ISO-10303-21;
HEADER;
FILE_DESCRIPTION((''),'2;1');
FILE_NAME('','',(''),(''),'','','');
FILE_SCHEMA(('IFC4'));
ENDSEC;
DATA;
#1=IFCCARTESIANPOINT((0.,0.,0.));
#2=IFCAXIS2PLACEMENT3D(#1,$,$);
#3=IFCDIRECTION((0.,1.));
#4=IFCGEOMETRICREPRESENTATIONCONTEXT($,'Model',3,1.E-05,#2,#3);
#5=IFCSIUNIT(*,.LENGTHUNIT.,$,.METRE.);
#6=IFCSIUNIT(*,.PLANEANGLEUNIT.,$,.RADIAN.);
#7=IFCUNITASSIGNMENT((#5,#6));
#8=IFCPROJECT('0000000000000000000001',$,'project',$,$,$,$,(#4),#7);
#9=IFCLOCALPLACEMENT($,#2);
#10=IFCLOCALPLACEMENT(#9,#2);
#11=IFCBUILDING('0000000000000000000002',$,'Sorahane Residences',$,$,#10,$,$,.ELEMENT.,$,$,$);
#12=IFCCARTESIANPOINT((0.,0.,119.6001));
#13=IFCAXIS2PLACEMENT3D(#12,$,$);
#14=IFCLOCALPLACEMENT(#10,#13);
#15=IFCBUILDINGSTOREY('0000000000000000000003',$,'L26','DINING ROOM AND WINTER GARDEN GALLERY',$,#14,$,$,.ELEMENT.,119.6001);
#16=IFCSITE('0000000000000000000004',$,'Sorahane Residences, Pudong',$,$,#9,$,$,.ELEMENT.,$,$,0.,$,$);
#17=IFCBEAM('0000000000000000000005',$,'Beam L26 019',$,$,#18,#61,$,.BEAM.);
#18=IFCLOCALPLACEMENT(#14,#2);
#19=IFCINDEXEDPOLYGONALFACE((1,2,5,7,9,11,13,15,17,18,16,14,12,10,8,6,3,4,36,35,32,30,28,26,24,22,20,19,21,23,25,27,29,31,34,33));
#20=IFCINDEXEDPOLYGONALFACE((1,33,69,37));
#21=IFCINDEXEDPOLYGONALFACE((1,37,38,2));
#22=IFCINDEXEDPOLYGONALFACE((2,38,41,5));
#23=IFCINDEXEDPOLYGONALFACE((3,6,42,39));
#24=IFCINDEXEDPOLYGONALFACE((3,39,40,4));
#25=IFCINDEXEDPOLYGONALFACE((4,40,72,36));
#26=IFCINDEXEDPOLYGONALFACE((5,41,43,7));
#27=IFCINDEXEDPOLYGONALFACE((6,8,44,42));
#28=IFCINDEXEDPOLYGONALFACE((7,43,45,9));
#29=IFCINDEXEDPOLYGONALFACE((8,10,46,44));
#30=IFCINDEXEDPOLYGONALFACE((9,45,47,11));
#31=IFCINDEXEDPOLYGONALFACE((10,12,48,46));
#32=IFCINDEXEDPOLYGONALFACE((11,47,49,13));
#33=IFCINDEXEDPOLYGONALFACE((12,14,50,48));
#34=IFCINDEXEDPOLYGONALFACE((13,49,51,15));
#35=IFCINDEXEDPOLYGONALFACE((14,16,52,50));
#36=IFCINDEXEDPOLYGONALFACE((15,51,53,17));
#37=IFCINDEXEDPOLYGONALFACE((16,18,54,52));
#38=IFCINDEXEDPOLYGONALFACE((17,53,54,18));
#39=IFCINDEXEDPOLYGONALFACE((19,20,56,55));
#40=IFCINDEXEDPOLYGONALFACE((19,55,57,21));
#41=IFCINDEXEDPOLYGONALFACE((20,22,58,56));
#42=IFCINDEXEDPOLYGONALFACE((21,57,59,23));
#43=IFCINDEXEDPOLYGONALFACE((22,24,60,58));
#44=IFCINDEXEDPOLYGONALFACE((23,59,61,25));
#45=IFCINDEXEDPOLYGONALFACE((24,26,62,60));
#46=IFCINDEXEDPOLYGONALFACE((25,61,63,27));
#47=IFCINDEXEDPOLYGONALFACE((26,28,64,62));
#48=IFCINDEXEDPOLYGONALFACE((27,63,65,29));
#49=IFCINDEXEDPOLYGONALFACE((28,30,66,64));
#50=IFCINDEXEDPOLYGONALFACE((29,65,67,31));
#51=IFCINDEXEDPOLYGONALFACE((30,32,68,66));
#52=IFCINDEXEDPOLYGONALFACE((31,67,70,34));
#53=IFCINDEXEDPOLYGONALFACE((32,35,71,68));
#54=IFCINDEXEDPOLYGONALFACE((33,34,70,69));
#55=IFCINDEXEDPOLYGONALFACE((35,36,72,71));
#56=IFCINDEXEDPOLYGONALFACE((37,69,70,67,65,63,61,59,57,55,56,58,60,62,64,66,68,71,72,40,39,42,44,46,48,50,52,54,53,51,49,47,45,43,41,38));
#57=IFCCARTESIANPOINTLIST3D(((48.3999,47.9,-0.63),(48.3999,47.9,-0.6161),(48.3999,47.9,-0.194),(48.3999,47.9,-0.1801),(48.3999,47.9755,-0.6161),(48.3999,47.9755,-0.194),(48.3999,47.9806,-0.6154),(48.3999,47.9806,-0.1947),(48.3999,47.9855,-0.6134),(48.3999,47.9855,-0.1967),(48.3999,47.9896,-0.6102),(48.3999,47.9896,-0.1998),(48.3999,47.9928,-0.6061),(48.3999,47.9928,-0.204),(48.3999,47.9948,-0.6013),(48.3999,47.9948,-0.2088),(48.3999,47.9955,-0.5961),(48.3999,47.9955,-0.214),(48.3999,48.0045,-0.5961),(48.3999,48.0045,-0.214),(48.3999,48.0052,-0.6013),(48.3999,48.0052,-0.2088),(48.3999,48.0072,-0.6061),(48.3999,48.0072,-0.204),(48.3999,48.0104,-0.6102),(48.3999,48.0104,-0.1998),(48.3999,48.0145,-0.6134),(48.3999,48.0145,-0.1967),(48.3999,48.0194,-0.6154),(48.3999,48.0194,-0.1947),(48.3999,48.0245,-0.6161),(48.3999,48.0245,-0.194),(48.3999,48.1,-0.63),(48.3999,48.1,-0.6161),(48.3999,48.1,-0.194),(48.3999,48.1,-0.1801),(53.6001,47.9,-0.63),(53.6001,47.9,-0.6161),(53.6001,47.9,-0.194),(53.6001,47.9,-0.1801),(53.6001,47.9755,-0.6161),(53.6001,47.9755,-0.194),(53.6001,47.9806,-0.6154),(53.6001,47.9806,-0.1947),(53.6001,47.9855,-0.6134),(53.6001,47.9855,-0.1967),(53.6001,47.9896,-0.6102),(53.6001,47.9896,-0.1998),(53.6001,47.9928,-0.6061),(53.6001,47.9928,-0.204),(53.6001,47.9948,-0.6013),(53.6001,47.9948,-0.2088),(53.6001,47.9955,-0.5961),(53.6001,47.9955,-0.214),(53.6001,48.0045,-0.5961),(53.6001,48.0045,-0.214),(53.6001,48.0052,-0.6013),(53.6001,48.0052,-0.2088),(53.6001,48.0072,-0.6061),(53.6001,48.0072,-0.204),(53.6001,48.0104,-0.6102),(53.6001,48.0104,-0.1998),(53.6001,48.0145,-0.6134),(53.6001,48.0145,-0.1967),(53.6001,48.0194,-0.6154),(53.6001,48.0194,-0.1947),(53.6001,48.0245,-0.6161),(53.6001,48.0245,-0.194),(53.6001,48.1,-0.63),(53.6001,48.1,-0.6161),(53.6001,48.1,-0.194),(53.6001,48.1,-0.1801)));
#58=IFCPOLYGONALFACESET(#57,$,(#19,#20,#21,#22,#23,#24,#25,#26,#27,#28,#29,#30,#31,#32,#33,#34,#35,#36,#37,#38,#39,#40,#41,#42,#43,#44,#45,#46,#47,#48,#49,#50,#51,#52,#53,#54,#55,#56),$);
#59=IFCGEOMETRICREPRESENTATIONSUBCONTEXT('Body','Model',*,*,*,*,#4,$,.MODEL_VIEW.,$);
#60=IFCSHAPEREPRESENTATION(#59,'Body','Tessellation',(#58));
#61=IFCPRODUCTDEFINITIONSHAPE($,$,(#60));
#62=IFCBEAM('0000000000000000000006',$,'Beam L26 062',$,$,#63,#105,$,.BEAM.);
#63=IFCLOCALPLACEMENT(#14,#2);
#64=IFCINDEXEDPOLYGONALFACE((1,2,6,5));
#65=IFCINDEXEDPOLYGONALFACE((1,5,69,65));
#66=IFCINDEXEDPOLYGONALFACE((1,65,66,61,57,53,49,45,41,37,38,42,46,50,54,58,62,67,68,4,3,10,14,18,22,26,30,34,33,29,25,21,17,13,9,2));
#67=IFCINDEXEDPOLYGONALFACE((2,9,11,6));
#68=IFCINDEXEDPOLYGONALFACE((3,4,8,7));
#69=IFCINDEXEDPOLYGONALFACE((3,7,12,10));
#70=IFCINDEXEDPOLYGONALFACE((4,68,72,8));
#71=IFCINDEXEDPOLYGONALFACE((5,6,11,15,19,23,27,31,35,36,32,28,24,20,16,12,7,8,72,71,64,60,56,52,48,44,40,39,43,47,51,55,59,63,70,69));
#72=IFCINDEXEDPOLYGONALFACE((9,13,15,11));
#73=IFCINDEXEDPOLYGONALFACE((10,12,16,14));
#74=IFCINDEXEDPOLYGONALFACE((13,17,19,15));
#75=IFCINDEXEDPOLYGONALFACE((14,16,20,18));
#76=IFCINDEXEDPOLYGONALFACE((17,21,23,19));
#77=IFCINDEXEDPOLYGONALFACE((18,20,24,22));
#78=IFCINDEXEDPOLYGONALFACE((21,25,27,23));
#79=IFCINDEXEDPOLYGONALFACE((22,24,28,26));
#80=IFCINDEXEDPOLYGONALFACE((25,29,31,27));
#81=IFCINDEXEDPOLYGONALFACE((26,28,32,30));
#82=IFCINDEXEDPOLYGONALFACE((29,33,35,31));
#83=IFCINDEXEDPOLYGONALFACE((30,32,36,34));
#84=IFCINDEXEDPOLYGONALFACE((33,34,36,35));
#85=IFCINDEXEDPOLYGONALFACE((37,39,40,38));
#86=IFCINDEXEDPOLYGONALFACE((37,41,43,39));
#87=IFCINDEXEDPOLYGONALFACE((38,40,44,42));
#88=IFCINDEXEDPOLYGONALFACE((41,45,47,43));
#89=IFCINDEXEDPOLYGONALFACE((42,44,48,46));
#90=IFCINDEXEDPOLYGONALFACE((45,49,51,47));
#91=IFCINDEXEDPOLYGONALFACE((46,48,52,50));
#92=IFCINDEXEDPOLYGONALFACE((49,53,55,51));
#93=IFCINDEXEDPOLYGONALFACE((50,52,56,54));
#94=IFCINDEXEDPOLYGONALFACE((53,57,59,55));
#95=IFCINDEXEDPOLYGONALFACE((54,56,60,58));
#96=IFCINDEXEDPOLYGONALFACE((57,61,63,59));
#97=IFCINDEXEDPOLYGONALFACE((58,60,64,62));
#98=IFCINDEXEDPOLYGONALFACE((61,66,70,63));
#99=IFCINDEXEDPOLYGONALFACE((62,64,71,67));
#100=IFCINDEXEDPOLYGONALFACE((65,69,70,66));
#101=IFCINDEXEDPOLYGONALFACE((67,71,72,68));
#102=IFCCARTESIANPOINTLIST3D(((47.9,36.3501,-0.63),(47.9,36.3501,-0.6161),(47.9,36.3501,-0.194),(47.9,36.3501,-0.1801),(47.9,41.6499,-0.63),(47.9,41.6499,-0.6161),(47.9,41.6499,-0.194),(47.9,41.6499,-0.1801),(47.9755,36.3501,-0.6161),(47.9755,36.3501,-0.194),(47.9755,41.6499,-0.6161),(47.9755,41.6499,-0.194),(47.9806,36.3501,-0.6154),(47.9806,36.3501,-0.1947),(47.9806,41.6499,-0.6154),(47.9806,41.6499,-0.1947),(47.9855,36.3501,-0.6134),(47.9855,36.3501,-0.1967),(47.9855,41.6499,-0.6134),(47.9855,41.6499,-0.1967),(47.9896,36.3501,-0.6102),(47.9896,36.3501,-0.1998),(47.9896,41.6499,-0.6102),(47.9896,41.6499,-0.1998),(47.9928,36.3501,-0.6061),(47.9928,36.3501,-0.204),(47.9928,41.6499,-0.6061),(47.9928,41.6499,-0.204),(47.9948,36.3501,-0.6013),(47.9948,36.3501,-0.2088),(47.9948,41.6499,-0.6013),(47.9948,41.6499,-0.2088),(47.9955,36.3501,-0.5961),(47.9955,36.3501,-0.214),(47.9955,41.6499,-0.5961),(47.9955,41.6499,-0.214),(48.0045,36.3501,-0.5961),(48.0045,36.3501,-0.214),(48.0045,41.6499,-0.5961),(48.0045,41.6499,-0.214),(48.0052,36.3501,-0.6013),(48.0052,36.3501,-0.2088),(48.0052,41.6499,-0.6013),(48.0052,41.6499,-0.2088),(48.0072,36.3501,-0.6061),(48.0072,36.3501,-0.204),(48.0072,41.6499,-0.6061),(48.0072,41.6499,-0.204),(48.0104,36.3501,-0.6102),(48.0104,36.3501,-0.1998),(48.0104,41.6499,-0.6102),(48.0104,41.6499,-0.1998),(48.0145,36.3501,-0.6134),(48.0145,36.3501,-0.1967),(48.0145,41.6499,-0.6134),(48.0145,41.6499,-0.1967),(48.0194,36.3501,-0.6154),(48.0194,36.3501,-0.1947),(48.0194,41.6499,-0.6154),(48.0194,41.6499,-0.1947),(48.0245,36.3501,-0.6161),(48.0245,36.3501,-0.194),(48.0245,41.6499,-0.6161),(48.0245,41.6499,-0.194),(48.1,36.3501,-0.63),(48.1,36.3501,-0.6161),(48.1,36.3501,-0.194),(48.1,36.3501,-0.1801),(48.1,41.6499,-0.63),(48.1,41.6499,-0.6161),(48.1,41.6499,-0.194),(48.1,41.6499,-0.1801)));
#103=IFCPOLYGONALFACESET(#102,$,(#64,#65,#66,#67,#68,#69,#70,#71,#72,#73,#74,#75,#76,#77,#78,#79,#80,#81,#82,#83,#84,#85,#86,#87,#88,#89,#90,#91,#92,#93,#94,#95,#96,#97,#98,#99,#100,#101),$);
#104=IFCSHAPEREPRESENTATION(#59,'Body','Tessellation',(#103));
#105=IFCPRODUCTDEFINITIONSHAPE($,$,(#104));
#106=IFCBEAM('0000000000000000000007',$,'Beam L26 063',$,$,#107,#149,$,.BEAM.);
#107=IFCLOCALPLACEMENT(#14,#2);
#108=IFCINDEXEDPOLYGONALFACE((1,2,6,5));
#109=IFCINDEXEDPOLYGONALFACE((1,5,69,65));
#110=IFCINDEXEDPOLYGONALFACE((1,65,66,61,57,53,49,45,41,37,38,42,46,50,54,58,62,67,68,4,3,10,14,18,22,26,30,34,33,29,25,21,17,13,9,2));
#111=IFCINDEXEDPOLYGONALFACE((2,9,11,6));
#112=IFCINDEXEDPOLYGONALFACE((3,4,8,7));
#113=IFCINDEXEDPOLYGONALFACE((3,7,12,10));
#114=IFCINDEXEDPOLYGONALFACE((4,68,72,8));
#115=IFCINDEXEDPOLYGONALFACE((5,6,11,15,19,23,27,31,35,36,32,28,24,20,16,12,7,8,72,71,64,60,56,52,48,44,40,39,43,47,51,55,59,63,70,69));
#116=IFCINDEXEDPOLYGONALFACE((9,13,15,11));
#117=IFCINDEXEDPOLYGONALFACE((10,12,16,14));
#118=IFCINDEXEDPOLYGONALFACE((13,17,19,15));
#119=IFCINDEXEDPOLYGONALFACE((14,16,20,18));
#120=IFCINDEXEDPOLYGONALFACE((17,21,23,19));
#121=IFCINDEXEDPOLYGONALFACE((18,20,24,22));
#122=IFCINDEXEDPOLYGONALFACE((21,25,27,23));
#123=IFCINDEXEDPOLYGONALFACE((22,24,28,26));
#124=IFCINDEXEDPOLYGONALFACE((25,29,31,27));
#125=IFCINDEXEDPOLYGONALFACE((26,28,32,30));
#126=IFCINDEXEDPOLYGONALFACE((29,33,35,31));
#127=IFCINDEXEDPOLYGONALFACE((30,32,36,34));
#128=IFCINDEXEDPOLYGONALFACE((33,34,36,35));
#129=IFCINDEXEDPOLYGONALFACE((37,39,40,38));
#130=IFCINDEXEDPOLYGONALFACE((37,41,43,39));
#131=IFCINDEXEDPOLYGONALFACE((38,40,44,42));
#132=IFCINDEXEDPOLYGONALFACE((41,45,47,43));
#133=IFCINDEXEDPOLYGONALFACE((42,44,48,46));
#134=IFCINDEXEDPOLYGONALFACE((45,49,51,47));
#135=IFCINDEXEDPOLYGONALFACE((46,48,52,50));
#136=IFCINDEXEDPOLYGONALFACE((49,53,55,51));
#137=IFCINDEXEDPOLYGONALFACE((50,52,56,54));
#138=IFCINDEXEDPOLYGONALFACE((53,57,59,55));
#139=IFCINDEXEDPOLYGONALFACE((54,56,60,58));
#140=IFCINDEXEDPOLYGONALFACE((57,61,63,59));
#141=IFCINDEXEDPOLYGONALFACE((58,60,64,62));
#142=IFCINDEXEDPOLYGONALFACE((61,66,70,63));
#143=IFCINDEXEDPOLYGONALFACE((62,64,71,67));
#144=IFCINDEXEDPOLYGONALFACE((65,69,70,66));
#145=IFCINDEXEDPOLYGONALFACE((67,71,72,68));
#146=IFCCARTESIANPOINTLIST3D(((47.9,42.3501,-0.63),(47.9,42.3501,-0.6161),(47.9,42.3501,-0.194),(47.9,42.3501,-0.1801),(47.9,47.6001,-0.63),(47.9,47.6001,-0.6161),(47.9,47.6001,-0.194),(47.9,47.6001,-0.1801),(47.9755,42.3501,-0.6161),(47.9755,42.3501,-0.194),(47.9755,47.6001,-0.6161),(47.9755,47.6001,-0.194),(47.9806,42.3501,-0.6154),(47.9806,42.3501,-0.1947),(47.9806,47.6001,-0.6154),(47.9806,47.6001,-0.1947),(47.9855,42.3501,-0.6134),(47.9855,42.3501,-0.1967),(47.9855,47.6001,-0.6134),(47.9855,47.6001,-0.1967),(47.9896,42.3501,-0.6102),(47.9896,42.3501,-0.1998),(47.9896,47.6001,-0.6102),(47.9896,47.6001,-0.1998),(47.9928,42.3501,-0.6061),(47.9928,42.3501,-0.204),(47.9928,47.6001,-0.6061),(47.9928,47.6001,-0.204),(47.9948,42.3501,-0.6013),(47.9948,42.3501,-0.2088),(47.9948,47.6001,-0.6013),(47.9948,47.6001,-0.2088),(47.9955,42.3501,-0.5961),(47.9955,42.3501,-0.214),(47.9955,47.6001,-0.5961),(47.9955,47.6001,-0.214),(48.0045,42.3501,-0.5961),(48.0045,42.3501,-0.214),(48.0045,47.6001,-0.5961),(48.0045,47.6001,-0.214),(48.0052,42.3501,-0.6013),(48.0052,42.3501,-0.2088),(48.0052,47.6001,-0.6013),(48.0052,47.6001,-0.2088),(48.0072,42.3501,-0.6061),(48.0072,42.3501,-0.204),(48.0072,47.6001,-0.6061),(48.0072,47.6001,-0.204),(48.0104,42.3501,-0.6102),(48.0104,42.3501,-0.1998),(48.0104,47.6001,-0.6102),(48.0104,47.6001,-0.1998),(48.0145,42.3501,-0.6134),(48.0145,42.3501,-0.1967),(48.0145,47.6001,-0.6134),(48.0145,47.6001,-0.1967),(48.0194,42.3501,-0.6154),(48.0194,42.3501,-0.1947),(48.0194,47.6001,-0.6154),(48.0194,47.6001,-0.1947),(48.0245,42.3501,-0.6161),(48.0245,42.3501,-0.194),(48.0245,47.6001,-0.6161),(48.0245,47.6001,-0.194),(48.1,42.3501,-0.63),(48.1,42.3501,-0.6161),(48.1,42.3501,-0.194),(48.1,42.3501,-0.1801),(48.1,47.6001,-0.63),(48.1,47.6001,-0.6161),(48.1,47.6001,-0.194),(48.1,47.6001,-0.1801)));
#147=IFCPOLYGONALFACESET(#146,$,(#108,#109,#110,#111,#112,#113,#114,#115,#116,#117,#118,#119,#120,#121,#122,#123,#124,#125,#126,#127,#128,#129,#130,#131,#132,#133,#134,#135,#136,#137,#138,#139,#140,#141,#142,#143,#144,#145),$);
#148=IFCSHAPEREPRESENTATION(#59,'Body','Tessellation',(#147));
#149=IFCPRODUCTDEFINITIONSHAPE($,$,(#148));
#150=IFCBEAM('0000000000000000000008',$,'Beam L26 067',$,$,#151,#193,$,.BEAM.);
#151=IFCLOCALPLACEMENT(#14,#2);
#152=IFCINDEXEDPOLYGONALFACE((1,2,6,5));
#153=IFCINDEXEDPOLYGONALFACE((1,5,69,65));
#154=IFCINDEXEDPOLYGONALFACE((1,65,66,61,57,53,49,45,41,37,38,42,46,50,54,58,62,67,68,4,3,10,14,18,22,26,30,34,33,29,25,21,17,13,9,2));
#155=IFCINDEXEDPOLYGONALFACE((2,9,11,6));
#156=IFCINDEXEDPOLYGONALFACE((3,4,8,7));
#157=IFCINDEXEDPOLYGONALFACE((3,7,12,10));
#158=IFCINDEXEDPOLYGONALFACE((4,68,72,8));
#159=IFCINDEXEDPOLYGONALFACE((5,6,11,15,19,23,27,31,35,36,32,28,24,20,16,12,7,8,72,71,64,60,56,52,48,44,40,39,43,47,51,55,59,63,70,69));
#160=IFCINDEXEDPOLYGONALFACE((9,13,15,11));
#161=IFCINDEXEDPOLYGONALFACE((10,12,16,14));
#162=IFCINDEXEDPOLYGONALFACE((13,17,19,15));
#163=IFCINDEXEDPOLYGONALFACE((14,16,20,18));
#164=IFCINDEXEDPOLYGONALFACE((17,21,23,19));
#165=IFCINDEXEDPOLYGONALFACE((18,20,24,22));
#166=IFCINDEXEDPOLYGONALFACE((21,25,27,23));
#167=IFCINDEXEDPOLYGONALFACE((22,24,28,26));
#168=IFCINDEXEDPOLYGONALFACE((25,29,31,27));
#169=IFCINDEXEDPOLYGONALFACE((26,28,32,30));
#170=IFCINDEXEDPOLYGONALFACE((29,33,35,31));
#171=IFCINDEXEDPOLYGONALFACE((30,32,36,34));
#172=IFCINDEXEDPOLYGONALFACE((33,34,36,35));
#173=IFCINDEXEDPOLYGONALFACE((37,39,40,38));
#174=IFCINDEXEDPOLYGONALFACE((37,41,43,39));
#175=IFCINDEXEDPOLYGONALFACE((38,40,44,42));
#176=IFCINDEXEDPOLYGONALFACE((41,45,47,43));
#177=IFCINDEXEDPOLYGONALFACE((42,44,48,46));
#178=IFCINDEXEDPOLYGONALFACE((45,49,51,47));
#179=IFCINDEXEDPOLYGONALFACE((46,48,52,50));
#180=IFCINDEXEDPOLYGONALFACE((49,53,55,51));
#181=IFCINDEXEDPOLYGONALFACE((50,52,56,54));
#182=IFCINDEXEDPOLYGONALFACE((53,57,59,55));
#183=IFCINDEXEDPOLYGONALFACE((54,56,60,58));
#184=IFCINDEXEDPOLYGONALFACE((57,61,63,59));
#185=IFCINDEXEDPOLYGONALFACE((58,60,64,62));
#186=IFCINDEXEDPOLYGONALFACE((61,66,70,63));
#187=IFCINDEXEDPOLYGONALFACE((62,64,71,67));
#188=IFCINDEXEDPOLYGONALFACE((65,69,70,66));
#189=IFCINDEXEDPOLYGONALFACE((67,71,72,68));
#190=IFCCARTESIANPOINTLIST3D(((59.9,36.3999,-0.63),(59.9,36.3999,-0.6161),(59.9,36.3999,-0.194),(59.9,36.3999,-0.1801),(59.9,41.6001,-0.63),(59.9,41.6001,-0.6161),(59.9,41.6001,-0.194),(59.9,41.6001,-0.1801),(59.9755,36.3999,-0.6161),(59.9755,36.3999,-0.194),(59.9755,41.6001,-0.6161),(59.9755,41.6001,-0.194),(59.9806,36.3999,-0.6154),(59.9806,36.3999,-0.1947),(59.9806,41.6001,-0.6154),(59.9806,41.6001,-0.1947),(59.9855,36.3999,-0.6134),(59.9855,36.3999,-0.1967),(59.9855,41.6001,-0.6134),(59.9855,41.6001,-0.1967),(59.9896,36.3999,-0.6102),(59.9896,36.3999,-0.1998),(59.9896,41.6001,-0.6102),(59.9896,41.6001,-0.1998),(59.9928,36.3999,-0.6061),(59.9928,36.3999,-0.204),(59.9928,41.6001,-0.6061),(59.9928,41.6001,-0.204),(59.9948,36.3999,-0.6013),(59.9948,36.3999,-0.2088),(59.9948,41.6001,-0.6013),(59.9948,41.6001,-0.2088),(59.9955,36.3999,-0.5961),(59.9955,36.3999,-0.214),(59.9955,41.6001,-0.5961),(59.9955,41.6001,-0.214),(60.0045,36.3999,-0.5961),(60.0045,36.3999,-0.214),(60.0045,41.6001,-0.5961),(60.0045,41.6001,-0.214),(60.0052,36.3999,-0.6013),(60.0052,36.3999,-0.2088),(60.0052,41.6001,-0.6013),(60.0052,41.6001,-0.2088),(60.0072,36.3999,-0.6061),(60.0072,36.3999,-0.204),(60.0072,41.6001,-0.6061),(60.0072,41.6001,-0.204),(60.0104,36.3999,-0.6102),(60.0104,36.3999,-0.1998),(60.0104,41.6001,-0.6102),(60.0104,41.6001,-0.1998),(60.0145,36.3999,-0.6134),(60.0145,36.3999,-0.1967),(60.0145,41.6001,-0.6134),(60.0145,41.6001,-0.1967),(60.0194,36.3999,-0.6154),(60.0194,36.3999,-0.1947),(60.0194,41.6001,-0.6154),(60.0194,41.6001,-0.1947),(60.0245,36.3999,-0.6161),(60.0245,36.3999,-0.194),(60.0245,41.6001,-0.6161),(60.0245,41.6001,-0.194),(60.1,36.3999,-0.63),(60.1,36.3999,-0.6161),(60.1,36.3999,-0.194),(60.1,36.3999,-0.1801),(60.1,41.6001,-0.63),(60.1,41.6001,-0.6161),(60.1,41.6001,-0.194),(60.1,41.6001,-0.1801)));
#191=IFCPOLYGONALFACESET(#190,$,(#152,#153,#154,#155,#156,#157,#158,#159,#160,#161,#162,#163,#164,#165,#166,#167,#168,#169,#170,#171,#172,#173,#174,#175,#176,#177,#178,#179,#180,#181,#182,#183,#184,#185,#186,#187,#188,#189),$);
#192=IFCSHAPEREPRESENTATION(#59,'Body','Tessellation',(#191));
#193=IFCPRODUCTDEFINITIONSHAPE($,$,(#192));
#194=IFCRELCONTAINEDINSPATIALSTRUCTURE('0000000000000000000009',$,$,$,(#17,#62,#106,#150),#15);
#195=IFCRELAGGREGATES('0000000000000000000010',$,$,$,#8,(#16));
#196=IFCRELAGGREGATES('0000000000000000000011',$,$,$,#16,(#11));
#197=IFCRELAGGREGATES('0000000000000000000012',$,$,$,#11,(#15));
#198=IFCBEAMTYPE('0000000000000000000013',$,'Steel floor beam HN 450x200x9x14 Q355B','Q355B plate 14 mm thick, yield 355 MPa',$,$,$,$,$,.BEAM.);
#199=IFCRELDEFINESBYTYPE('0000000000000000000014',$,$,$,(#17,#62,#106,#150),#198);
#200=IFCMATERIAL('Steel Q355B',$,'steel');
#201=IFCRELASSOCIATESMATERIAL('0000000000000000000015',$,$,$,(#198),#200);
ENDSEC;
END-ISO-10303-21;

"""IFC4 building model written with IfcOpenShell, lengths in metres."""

from ifc_helpers import new_model, si_unit, direction, frame, origin, origin_2d, place, context, subcontext, project, spatial, i_section, extrude, material, material_profile, profile_set, type_object, element, save


model = new_model("IFC4")

# Units and contexts
model_context = context("Model", 3, precision=1e-05, world=origin(), true_north=direction((0.0, 1.0)))
body_context = subcontext(model_context, "Body", "Model", "MODEL_VIEW")
ifc_project = project(units=[si_unit("LENGTHUNIT", "METRE"), si_unit("PLANEANGLEUNIT", "RADIAN")], contexts=[model_context])

# Site, building, storey
site_placement = place(None, origin())
site = spatial("IfcSite", under=ifc_project, at=site_placement, Name="Sorahane Residences, Pudong", CompositionType="ELEMENT", RefElevation=0.0)
building_placement = place(site_placement, origin())
building = spatial("IfcBuilding", under=site, at=building_placement, Name="Sorahane Residences", CompositionType="ELEMENT")
storey_placement = place(building_placement, frame((0.0, 0.0, 119.6001)))
storey = spatial("IfcBuildingStorey", under=building, at=storey_placement, Name="L26", Description="DINING ROOM AND WINTER GARDEN GALLERY", CompositionType="ELEMENT", Elevation=119.6001)

# Beams
ifc_material_1 = material(Name="Steel Q355B", Category="steel")
ifc_material_profile_1 = material_profile(ifc_material_1, i_section(OverallWidth=0.2, OverallDepth=0.45, WebThickness=0.009, FlangeThickness=0.0139, FilletRadius=0.02, at=origin_2d()), Name="HN 450x200x9x14")
ifc_profile_set_1 = profile_set([ifc_material_profile_1], Name="Steel Q355B")
beam_type_1 = type_object("IfcBeamType", Name="Steel floor beam HN 450x200x9x14 Q355B", Description="Q355B plate 14 mm thick, yield 355 MPa", PredefinedType="BEAM", material=ifc_profile_set_1)
beam_1_placement = place(storey_placement, frame((48.3999, 48.0, -0.405), z_axis=(1.0, 0.0, 0.0), x_axis=(0.0, 1.0, 0.0)))
element("IfcBeam", 1, at=beam_1_placement, inside=storey, type_object=beam_type_1, Name="Beam L26 019", PredefinedType="BEAM", context=body_context, shape_type="SweptSolid", body=[
    extrude(i_section(OverallWidth=0.2, OverallDepth=0.45, WebThickness=0.009, FlangeThickness=0.0139, FilletRadius=0.02, at=origin_2d()), origin(), (0.0, 0.0, 1.0), 5.2002),
])
beam_2_placement = place(storey_placement, frame((48.0, 36.3501, -0.405), z_axis=(0.0, 1.0, 0.0), x_axis=(-1.0, 0.0, 0.0)))
element("IfcBeam", 2, at=beam_2_placement, inside=storey, type_object=beam_type_1, Name="Beam L26 062", PredefinedType="BEAM", context=body_context, shape_type="SweptSolid", body=[
    extrude(i_section(OverallWidth=0.2, OverallDepth=0.45, WebThickness=0.009, FlangeThickness=0.0139, FilletRadius=0.02, at=origin_2d()), origin(), (0.0, 0.0, 1.0), 5.2998),
])
beam_3_placement = place(storey_placement, frame((48.0, 42.3501, -0.405), z_axis=(0.0, 1.0, 0.0), x_axis=(-1.0, 0.0, 0.0)))
element("IfcBeam", 3, at=beam_3_placement, inside=storey, type_object=beam_type_1, Name="Beam L26 063", PredefinedType="BEAM", context=body_context, shape_type="SweptSolid", body=[
    extrude(i_section(OverallWidth=0.2, OverallDepth=0.45, WebThickness=0.009, FlangeThickness=0.0139, FilletRadius=0.02, at=origin_2d()), origin(), (0.0, 0.0, 1.0), 5.25),
])
beam_4_placement = place(storey_placement, frame((60.0, 36.3999, -0.405), z_axis=(0.0, 1.0, 0.0), x_axis=(-1.0, 0.0, 0.0)))
element("IfcBeam", 4, at=beam_4_placement, inside=storey, type_object=beam_type_1, Name="Beam L26 067", PredefinedType="BEAM", context=body_context, shape_type="SweptSolid", body=[
    extrude(i_section(OverallWidth=0.2, OverallDepth=0.45, WebThickness=0.009, FlangeThickness=0.0139, FilletRadius=0.02, at=origin_2d()), origin(), (0.0, 0.0, 1.0), 5.2002),
])

save(model, "model.ifc")
